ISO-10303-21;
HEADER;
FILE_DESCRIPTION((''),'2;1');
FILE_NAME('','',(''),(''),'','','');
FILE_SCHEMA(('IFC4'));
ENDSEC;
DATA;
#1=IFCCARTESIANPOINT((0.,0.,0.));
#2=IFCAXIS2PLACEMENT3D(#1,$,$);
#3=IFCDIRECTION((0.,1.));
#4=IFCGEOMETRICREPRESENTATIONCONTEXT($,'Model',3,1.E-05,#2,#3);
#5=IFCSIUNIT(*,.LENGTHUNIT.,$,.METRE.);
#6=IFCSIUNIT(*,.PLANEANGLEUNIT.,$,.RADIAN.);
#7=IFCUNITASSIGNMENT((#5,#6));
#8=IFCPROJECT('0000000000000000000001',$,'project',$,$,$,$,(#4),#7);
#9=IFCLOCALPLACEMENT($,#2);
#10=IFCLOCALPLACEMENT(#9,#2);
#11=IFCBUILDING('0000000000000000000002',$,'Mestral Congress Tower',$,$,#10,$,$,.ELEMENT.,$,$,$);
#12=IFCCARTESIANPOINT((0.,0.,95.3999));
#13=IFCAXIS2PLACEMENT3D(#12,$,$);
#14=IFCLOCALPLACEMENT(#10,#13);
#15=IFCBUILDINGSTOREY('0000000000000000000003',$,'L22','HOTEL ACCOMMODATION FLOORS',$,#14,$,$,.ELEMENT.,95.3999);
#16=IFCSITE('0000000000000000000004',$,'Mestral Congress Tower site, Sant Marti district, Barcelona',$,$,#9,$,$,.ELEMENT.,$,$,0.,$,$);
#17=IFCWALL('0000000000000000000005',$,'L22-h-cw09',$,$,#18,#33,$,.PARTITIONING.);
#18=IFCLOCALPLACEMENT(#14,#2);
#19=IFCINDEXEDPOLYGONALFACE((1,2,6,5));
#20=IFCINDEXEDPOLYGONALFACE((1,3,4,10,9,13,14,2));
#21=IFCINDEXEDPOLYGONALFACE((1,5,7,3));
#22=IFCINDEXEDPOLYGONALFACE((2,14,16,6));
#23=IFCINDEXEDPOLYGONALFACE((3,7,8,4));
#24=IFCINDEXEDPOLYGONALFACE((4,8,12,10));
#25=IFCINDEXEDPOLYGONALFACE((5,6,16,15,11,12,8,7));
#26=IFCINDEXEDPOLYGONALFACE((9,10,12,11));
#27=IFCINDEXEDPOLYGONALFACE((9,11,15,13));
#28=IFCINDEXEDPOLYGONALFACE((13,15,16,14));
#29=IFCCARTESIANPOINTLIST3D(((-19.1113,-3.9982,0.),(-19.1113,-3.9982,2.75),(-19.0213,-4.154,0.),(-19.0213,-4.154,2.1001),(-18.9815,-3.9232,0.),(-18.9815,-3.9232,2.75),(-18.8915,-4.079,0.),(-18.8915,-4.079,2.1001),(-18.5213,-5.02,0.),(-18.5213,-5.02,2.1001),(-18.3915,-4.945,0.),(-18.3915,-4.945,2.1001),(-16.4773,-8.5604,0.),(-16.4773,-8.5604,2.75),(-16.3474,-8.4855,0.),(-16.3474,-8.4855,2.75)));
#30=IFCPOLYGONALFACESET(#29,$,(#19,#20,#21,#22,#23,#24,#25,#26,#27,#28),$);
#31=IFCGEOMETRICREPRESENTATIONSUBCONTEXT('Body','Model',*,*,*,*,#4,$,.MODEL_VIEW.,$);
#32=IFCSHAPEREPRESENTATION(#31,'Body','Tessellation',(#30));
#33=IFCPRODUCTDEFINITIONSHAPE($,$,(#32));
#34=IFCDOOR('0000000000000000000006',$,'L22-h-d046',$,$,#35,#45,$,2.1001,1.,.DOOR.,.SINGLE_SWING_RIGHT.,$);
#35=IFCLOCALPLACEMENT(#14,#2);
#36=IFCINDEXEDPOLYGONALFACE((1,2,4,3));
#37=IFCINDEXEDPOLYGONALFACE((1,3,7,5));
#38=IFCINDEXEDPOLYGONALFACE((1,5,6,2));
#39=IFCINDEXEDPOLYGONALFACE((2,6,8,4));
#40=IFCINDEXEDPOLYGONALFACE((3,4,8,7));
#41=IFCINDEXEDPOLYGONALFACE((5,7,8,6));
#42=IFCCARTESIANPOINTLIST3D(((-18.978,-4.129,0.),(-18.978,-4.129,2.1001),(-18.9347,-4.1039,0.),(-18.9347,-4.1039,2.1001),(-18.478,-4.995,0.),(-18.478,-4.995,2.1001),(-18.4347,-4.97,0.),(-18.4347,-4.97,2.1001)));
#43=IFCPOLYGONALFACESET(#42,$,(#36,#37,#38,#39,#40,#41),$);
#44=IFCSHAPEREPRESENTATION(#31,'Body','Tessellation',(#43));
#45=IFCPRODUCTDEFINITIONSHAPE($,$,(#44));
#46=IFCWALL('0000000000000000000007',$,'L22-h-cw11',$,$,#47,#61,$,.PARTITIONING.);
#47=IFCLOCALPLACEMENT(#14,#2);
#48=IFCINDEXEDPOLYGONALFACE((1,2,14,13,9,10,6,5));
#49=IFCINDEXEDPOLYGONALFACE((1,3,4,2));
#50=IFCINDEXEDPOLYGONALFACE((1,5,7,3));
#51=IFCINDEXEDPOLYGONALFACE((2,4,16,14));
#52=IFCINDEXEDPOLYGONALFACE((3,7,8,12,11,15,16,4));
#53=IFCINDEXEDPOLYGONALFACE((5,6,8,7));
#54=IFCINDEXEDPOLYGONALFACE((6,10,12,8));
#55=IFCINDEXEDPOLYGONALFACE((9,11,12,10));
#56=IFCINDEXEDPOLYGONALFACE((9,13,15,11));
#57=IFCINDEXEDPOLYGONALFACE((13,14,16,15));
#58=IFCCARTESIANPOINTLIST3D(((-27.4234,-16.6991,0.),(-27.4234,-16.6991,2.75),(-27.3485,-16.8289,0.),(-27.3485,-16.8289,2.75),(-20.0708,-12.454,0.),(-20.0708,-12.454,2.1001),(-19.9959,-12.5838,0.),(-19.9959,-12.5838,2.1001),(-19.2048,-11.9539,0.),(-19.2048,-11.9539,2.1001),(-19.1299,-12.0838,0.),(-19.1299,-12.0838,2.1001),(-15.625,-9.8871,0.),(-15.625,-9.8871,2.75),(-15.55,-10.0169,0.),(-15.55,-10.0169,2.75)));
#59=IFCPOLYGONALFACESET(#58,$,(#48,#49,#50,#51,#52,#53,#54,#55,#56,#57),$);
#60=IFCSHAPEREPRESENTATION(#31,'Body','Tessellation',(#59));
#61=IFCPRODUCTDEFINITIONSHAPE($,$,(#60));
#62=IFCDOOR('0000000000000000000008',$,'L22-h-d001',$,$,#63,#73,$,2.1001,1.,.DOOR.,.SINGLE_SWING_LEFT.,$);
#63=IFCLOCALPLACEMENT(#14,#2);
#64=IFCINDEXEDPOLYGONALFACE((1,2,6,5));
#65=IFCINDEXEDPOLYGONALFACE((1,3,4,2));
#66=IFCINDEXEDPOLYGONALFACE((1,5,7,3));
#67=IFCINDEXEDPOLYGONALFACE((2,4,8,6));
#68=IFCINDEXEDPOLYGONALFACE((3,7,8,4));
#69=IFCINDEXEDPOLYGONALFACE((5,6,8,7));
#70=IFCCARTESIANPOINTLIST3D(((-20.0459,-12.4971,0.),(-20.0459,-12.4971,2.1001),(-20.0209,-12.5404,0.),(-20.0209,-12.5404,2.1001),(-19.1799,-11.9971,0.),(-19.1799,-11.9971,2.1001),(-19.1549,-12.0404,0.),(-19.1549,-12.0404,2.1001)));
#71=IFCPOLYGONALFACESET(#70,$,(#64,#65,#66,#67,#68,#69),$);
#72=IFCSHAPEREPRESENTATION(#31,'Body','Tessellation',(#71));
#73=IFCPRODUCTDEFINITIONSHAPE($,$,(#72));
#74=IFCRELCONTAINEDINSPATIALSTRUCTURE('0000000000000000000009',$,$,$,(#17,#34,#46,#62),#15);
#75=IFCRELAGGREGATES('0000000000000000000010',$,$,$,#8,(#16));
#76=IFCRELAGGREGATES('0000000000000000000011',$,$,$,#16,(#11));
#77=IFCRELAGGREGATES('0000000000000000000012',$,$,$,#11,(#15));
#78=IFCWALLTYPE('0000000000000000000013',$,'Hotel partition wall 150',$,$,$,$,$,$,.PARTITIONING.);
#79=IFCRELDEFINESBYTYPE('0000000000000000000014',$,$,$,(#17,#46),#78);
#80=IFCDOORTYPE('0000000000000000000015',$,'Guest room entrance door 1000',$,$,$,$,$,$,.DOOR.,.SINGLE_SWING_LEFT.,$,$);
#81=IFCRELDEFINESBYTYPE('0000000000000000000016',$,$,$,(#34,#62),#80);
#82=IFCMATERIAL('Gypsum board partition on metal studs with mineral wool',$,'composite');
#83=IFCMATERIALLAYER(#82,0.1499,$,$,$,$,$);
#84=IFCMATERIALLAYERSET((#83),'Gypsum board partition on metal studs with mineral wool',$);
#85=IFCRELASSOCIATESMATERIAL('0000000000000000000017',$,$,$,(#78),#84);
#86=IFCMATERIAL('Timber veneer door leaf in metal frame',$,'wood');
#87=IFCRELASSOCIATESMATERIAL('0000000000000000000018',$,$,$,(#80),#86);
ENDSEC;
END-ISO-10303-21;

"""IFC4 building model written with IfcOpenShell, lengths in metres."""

from ifc_helpers import new_model, si_unit, direction, frame, frame_2d, origin, place, context, subcontext, project, spatial, rectangle, extrude, material, layer, layer_set, type_object, element, fill, save


model = new_model("IFC4")

# Units and contexts
model_context = context("Model", 3, precision=1e-05, world=origin(), true_north=direction((0.0, 1.0)))
body_context = subcontext(model_context, "Body", "Model", "MODEL_VIEW")
ifc_project = project(units=[si_unit("LENGTHUNIT", "METRE"), si_unit("PLANEANGLEUNIT", "RADIAN")], contexts=[model_context])

# Site, building, storey
site_placement = place(None, origin())
site = spatial("IfcSite", under=ifc_project, at=site_placement, Name="Mestral Congress Tower site, Sant Marti district, Barcelona", CompositionType="ELEMENT", RefElevation=0.0)
building_placement = place(site_placement, origin())
building = spatial("IfcBuilding", under=site, at=building_placement, Name="Mestral Congress Tower", CompositionType="ELEMENT")
storey_placement = place(building_placement, frame((0.0, 0.0, 95.3999)))
storey = spatial("IfcBuildingStorey", under=building, at=storey_placement, Name="L22", Description="HOTEL ACCOMMODATION FLOORS", CompositionType="ELEMENT", Elevation=95.3999)

# Shared definitions
ifc_material_1 = material(Name="Gypsum board partition on metal studs with mineral wool", Category="composite")

# Shared definitions
ifc_layer_1 = layer(ifc_material_1, 0.1499)
ifc_layer_set_1 = layer_set([ifc_layer_1], Name="Gypsum board partition on metal studs with mineral wool")
wall_type_1 = type_object("IfcWallType", Name="Hotel partition wall 150", PredefinedType="PARTITIONING", material=ifc_layer_set_1)
ifc_material_2 = material(Name="Timber veneer door leaf in metal frame", Category="wood")
door_type_1 = type_object("IfcDoorType", Name="Guest room entrance door 1000", OperationType="SINGLE_SWING_LEFT", PredefinedType="DOOR", material=ifc_material_2)

# Walls, openings, doors
wall_1_placement = place(storey_placement, frame((-16.4124, -8.5229, 0.0), z_axis=(0.0, 0.0, 1.0), x_axis=(-0.500002, 0.866024, 0.0)))
wall_1 = element("IfcWall", 1, at=wall_1_placement, inside=storey, type_object=wall_type_1, Name="L22-h-cw09", PredefinedType="PARTITIONING", context=body_context, shape_type="SweptSolid", body=[
    extrude(rectangle(XDim=5.2681, YDim=0.1499, at=frame_2d((2.634, 0.0))), origin(), (0.0, 0.0, 1.0), 2.75),
])
opening_1_placement = place(wall_1_placement, frame((4.0881, 0.0, 0.0)))
opening_1 = element("IfcOpeningElement", 2, at=opening_1_placement, cuts=wall_1, PredefinedType="OPENING", context=body_context, shape_type="SweptSolid", body=[
    extrude(rectangle(XDim=1.0, YDim=2.1001, at=frame_2d((0.5, 1.05))), frame((0.0, 0.085, 0.0), z_axis=(0.0, -1.0, 0.0), x_axis=(1.0, 0.0, 0.0)), (0.0, 0.0, 1.0), 0.1699),
])
door_1_placement = place(opening_1_placement, origin())
door_1 = element("IfcDoor", 3, at=door_1_placement, inside=storey, type_object=door_type_1, Name="L22-h-d046", OperationType="SINGLE_SWING_RIGHT", OverallHeight=2.1001, OverallWidth=1.0, PredefinedType="DOOR", context=body_context, shape_type="SweptSolid", body=[
    extrude(rectangle(XDim=1.0, YDim=2.1001, at=frame_2d((0.5, 1.05))), frame((0.0, 0.0249, 0.0), z_axis=(0.0, -1.0, 0.0), x_axis=(1.0, 0.0, 0.0)), (0.0, 0.0, 1.0), 0.05),
])
fill(opening_1, door_1)
wall_2_placement = place(storey_placement, frame((-15.5874, -9.9519, 0.0), z_axis=(0.0, 0.0, 1.0), x_axis=(-0.866018, -0.500013, 0.0)))
wall_2 = element("IfcWall", 4, at=wall_2_placement, inside=storey, type_object=wall_type_1, Name="L22-h-cw11", PredefinedType="PARTITIONING", context=body_context, shape_type="SweptSolid", body=[
    extrude(rectangle(XDim=13.6238, YDim=0.1499, at=frame_2d((6.812, 0.0))), origin(), (0.0, 0.0, 1.0), 2.75),
])
opening_2_placement = place(wall_2_placement, frame((4.1338, 0.0, 0.0)))
opening_2 = element("IfcOpeningElement", 5, at=opening_2_placement, cuts=wall_2, PredefinedType="OPENING", context=body_context, shape_type="SweptSolid", body=[
    extrude(rectangle(XDim=1.0, YDim=2.1001, at=frame_2d((0.5, 1.05))), frame((0.0, 0.085, 0.0), z_axis=(0.0, -1.0, 0.0), x_axis=(1.0, 0.0, 0.0)), (0.0, 0.0, 1.0), 0.1699),
])
door_2_placement = place(opening_2_placement, origin())
door_2 = element("IfcDoor", 6, at=door_2_placement, inside=storey, type_object=door_type_1, Name="L22-h-d001", OperationType="SINGLE_SWING_LEFT", OverallHeight=2.1001, OverallWidth=1.0, PredefinedType="DOOR", context=body_context, shape_type="SweptSolid", body=[
    extrude(rectangle(XDim=1.0, YDim=2.1001, at=frame_2d((0.5, 1.05))), frame((0.0, 0.0249, 0.0), z_axis=(0.0, -1.0, 0.0), x_axis=(1.0, 0.0, 0.0)), (0.0, 0.0, 1.0), 0.05),
])
fill(opening_2, door_2)

save(model, "model.ifc")
